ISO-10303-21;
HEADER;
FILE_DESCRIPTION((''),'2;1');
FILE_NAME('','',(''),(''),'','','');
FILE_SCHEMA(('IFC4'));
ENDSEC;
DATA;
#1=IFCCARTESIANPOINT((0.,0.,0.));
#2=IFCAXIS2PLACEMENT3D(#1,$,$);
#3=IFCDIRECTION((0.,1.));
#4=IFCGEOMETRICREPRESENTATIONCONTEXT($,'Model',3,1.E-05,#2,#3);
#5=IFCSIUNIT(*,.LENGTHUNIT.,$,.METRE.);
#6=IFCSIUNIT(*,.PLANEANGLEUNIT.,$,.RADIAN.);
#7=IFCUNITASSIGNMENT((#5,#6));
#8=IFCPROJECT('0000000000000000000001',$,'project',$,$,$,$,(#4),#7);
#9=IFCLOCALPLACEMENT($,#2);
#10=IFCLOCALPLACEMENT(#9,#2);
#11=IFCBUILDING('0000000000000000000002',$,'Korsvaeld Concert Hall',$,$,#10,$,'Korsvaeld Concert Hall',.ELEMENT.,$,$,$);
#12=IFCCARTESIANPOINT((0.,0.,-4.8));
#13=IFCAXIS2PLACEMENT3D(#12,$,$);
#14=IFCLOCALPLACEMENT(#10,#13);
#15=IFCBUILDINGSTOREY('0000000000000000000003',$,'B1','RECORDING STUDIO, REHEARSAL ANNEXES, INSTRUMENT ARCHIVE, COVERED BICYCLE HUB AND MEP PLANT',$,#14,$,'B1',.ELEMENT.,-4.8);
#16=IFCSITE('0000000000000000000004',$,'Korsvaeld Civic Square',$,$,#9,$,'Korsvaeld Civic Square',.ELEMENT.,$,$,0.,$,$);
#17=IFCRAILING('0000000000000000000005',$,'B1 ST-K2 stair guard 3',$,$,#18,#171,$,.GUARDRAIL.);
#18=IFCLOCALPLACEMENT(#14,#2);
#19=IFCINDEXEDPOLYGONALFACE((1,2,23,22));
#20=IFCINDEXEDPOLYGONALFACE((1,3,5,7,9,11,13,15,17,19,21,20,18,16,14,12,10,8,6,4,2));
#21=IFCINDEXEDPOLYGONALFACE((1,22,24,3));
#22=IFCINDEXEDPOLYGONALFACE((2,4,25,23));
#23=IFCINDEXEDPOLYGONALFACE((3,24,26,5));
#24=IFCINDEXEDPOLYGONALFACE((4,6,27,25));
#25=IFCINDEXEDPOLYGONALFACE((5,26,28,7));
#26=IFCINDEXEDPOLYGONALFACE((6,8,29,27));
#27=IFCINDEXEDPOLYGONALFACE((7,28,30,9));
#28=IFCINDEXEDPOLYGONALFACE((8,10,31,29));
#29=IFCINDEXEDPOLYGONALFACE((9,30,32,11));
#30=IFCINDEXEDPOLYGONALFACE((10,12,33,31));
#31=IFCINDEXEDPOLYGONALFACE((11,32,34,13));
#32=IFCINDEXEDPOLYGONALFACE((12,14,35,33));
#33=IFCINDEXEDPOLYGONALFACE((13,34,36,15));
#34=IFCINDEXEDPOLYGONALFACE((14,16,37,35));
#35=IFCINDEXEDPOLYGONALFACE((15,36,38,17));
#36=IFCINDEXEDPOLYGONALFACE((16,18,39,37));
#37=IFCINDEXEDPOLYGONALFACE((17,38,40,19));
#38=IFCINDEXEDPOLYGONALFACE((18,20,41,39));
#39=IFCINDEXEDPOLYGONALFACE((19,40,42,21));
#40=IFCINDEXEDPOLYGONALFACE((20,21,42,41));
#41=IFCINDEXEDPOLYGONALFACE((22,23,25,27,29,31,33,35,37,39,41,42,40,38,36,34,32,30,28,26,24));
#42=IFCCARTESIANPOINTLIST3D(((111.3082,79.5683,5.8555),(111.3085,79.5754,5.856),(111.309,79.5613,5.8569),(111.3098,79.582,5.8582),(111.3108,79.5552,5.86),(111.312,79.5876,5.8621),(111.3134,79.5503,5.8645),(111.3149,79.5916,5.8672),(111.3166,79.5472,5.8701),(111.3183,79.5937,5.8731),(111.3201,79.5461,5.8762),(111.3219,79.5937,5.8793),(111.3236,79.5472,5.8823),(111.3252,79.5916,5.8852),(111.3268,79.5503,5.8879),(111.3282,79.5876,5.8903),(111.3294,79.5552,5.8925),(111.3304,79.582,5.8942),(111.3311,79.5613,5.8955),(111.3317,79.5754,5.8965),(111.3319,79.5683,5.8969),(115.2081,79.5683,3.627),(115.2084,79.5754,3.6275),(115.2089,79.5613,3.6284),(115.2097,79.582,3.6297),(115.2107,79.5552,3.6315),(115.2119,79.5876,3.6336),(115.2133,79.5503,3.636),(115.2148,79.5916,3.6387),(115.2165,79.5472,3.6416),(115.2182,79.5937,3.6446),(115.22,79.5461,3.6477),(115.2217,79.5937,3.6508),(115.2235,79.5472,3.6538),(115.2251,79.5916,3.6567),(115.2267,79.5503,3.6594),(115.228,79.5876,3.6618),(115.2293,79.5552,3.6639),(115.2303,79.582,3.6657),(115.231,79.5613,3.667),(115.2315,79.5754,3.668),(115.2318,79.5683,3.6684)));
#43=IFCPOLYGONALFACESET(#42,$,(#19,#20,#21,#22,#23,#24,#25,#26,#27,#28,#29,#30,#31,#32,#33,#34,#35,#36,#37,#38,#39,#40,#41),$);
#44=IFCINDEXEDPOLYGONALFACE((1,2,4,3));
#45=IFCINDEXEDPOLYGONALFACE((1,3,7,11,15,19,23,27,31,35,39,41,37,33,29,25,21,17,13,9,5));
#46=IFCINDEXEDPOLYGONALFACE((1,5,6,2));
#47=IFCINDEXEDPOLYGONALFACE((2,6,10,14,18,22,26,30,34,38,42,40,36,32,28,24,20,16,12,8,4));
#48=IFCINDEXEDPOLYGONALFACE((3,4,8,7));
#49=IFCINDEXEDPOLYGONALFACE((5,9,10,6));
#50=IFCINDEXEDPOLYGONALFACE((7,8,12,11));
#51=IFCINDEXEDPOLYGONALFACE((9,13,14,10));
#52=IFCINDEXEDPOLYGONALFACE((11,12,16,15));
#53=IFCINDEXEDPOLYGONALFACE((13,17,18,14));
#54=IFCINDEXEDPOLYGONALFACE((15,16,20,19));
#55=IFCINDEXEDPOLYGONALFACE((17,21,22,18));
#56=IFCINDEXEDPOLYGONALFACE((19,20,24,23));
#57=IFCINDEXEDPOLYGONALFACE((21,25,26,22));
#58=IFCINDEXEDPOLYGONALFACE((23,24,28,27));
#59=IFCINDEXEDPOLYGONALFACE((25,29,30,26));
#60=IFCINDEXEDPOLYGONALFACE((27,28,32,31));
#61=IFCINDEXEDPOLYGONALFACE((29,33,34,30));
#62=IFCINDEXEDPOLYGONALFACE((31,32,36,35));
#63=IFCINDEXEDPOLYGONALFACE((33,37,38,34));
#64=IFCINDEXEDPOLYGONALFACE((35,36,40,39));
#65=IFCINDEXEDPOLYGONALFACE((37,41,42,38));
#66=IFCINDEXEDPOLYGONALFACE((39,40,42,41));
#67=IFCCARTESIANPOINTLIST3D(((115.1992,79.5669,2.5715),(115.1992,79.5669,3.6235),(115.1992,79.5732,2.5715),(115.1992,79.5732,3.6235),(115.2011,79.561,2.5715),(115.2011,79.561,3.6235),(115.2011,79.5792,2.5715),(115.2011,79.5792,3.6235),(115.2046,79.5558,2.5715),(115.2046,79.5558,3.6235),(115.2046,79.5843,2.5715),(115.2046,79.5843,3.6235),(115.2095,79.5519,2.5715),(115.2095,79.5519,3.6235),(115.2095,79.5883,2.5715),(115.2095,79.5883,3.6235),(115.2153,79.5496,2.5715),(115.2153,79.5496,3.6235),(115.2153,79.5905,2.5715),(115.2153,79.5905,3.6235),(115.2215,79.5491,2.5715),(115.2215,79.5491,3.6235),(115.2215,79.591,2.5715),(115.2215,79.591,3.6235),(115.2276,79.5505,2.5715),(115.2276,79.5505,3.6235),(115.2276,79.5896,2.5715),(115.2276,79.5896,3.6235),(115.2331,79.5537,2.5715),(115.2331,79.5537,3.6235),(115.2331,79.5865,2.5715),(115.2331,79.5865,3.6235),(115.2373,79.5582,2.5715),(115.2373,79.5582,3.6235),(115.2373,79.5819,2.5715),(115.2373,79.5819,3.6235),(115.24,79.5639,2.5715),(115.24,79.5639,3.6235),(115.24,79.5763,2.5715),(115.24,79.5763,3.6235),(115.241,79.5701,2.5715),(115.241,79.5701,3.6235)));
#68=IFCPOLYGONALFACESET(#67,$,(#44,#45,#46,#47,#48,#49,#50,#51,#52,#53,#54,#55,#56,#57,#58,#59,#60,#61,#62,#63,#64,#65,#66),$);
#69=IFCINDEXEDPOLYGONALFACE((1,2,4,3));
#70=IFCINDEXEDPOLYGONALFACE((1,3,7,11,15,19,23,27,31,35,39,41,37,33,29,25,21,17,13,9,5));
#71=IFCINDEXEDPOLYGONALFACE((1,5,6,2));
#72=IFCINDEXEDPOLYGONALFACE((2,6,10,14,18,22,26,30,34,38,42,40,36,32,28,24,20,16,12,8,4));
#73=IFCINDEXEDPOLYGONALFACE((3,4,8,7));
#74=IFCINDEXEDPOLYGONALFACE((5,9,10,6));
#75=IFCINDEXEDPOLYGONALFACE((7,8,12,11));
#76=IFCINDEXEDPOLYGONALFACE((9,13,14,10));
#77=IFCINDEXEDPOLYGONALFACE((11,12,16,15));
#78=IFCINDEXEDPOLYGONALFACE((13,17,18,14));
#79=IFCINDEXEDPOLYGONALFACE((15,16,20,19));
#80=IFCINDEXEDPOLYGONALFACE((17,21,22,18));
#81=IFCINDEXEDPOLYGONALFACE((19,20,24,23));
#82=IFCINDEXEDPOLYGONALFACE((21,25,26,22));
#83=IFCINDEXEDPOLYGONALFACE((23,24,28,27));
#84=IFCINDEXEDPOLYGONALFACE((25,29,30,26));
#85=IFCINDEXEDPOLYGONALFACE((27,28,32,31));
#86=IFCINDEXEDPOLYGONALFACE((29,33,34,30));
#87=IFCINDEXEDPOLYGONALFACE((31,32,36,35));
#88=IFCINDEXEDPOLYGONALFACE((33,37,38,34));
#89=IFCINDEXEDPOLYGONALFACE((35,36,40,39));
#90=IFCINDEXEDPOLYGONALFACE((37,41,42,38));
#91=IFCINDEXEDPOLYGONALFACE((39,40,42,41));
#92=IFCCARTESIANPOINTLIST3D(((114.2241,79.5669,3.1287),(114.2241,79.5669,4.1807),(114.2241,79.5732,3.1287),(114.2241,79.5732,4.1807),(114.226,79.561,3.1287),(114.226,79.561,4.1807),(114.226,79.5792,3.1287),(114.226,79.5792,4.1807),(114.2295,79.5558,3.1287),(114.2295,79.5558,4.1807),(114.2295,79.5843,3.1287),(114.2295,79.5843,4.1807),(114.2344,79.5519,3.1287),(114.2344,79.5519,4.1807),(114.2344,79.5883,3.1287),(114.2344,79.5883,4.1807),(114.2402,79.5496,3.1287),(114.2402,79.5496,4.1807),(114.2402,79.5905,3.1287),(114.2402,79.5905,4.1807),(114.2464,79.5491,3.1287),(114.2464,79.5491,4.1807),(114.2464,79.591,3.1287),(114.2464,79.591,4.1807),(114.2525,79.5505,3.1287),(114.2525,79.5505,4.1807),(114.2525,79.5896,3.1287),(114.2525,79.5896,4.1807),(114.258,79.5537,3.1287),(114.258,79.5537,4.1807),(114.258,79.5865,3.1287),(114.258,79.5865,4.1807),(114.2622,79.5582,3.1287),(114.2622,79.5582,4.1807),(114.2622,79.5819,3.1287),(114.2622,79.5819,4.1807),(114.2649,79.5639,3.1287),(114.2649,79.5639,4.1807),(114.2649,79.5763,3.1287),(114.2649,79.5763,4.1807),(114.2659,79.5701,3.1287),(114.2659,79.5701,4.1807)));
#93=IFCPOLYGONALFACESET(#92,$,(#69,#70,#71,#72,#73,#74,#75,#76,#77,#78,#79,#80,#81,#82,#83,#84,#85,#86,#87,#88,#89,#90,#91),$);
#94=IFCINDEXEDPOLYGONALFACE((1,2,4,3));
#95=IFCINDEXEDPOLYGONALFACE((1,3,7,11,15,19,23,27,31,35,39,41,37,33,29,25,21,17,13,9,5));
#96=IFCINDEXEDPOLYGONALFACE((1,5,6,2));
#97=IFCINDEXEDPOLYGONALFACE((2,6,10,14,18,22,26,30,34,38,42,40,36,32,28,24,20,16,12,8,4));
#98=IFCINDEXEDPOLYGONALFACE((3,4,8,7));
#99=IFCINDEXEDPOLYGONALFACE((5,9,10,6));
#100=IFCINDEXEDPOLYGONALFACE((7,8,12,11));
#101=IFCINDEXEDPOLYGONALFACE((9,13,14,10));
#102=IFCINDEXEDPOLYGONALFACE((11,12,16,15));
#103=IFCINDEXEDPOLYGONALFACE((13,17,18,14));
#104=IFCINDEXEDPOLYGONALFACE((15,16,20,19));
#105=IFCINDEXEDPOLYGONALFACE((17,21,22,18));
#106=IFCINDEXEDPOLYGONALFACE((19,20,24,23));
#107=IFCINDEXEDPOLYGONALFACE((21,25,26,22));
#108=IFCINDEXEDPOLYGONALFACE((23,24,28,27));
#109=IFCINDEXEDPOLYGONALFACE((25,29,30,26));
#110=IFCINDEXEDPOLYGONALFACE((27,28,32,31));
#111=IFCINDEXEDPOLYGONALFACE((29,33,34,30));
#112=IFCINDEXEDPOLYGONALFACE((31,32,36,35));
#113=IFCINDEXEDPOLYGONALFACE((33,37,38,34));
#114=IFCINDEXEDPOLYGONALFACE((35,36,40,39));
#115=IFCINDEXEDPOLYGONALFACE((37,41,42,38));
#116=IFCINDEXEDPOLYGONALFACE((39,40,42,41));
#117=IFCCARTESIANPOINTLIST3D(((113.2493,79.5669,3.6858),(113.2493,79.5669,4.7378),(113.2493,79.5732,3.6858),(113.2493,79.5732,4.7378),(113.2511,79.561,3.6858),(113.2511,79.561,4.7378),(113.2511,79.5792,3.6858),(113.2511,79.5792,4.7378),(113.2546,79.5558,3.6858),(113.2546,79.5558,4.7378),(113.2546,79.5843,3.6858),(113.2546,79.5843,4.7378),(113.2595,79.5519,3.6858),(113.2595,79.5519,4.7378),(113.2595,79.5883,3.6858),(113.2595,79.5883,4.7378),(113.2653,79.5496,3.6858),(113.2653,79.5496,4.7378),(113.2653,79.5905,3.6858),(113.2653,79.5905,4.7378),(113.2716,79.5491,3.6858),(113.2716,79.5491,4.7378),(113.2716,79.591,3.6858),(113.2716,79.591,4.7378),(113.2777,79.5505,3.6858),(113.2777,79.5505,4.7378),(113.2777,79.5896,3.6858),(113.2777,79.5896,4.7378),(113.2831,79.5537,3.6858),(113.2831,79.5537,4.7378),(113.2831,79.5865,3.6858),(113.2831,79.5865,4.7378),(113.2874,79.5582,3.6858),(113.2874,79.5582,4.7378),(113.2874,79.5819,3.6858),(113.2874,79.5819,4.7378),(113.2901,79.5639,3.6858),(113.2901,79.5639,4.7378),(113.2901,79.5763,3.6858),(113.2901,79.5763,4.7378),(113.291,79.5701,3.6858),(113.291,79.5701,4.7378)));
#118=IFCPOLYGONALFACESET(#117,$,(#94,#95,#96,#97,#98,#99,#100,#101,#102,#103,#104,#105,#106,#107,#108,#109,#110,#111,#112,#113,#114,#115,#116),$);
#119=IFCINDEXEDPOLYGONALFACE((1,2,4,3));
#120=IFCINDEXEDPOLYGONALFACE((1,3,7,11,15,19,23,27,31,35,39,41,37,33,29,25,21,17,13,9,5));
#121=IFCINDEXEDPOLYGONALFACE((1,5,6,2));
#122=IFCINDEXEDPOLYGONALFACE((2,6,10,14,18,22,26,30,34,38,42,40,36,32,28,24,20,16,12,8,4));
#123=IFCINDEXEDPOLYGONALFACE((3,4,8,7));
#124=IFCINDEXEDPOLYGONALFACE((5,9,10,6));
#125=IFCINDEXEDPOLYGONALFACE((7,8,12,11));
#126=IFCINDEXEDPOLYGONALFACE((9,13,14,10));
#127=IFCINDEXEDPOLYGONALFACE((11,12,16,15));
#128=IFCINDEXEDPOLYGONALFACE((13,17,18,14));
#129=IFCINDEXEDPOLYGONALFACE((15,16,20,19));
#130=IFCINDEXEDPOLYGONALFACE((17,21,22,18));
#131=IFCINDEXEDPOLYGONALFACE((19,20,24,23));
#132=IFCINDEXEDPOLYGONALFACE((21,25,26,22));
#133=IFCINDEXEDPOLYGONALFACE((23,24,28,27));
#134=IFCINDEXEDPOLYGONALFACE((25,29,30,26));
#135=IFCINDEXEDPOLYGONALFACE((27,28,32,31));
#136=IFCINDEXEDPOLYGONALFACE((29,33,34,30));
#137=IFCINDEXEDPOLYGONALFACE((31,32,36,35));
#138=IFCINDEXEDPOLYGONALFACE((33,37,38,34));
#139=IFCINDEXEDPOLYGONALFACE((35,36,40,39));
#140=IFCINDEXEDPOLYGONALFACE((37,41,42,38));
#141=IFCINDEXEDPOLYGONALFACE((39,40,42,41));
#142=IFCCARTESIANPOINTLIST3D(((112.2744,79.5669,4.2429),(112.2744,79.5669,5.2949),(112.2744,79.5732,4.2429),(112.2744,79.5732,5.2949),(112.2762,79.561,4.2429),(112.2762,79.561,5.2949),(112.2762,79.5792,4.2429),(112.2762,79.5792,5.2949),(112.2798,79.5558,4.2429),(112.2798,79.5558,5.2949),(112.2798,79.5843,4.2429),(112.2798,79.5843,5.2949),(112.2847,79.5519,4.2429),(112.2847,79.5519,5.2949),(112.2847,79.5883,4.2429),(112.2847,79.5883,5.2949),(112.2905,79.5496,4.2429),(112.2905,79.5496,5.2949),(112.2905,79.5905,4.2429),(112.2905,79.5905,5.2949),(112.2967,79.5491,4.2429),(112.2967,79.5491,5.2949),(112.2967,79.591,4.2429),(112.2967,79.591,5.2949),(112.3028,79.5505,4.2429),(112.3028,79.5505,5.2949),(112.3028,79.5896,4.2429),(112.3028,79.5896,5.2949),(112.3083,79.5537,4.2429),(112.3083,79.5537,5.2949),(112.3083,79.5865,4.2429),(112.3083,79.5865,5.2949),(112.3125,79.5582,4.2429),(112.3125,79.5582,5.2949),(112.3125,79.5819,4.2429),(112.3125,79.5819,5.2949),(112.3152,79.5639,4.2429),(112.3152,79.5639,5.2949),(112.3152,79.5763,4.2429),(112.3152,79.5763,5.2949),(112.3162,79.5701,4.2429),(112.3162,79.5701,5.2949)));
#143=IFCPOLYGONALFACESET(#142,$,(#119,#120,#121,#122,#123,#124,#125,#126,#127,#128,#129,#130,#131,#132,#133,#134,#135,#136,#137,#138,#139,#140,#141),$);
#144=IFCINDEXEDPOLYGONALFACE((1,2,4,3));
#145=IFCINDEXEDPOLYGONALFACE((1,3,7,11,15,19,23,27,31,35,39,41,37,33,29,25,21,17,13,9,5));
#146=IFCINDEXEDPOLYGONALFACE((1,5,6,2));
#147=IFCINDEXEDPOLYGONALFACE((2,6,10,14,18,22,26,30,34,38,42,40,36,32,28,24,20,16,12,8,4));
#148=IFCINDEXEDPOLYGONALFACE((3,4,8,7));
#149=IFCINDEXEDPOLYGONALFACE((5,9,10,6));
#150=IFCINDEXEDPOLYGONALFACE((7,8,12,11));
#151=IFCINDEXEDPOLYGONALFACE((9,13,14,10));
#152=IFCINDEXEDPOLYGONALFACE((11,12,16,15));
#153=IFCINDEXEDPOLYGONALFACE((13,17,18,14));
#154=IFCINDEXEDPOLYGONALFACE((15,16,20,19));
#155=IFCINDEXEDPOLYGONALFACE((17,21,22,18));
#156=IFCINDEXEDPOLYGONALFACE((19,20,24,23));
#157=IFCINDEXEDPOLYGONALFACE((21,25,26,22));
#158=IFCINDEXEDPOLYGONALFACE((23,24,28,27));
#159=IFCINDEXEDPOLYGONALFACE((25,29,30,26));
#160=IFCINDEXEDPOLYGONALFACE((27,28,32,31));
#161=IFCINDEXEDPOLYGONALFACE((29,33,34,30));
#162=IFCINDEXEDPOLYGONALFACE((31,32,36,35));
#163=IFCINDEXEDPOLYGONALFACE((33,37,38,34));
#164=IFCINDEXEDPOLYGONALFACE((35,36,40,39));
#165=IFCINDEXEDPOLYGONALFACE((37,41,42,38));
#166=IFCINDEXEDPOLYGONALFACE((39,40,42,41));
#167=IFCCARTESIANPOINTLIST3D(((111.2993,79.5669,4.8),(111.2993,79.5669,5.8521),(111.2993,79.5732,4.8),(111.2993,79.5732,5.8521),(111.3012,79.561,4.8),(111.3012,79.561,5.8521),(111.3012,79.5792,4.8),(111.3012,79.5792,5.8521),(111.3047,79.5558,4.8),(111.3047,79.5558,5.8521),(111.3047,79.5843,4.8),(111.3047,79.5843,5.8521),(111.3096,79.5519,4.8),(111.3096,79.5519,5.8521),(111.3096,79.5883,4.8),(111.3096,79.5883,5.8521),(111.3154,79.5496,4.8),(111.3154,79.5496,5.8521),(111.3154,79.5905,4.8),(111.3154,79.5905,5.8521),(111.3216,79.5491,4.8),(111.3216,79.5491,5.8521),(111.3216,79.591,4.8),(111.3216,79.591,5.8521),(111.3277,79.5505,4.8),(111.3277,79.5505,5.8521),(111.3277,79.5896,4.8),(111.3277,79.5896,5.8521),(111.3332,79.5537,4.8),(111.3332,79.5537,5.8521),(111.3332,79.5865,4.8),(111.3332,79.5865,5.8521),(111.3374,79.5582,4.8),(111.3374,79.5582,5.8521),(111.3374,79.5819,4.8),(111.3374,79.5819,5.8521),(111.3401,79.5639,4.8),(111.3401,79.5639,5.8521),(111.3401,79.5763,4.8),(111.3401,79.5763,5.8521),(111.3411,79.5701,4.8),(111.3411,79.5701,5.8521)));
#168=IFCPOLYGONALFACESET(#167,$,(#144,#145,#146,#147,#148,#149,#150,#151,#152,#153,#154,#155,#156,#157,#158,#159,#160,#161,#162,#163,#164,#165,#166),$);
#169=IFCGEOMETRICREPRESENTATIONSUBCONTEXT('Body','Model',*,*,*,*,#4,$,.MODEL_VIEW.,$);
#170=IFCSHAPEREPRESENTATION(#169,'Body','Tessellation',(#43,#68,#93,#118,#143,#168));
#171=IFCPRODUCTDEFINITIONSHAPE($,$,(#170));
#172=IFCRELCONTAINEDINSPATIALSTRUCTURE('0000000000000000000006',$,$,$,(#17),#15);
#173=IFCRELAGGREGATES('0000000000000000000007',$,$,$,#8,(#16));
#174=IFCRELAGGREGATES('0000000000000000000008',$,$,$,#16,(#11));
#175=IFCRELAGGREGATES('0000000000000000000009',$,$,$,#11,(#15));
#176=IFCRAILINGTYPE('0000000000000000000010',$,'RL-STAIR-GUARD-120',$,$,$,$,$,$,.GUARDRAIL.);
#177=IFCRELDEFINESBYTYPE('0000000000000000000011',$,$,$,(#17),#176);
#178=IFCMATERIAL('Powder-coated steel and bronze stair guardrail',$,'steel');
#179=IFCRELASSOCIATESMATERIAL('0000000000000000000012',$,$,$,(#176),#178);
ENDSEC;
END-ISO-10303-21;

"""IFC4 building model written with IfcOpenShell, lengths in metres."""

from ifc_helpers import new_model, si_unit, direction, frame, origin, origin_2d, place, context, subcontext, project, spatial, circle, extrude, material, type_object, element, save


model = new_model("IFC4")

# Units and contexts
model_context = context("Model", 3, precision=1e-05, world=origin(), true_north=direction((0.0, 1.0)))
body_context = subcontext(model_context, "Body", "Model", "MODEL_VIEW")
ifc_project = project(units=[si_unit("LENGTHUNIT", "METRE"), si_unit("PLANEANGLEUNIT", "RADIAN")], contexts=[model_context])

# Site, building, storey
site_placement = place(None, origin())
site = spatial("IfcSite", under=ifc_project, at=site_placement, Name="Korsvaeld Civic Square", LongName="Korsvaeld Civic Square", CompositionType="ELEMENT", RefElevation=0.0)
building_placement = place(site_placement, origin())
building = spatial("IfcBuilding", under=site, at=building_placement, Name="Korsvaeld Concert Hall", LongName="Korsvaeld Concert Hall", CompositionType="ELEMENT")
storey_placement = place(building_placement, frame((0.0, 0.0, -4.8)))
storey = spatial("IfcBuildingStorey", under=building, at=storey_placement, Name="B1", Description="RECORDING STUDIO, REHEARSAL ANNEXES, INSTRUMENT ARCHIVE, COVERED BICYCLE HUB AND MEP PLANT", LongName="B1", CompositionType="ELEMENT", Elevation=-4.8)

# Railing
ifc_material_1 = material(Name="Powder-coated steel and bronze stair guardrail", Category="steel")
railing_type_1 = type_object("IfcRailingType", Name="RL-STAIR-GUARD-120", PredefinedType="GUARDRAIL", material=ifc_material_1)
railing_1_placement = place(storey_placement, frame((115.22, 79.5701, 2.5715)))
element("IfcRailing", 1, at=railing_1_placement, inside=storey, type_object=railing_type_1, Name="B1 ST-K2 stair guard 3", PredefinedType="GUARDRAIL", context=body_context, shape_type="SweptSolid", body=[
    extrude(circle(Radius=0.0239, at=origin_2d()), frame((0.0, 0.0, 1.0762), z_axis=(-0.868243, 0.0, 0.496139), x_axis=(0.0, -1.0, 0.0)), (0.0, 0.0, 1.0), 4.4917),
    extrude(circle(Radius=0.021, at=origin_2d()), origin(), (0.0, 0.0, 1.0), 1.052),
    extrude(circle(Radius=0.021, at=origin_2d()), frame((-0.9751, 0.0, 0.5571)), (0.0, 0.0, 1.0), 1.052),
    extrude(circle(Radius=0.021, at=origin_2d()), frame((-1.95, 0.0, 1.1143)), (0.0, 0.0, 1.0), 1.052),
    extrude(circle(Radius=0.021, at=origin_2d()), frame((-2.9248, 0.0, 1.6714)), (0.0, 0.0, 1.0), 1.052),
    extrude(circle(Radius=0.021, at=origin_2d()), frame((-3.8999, 0.0, 2.2285)), (0.0, 0.0, 1.0), 1.052),
])

save(model, "model.ifc")
